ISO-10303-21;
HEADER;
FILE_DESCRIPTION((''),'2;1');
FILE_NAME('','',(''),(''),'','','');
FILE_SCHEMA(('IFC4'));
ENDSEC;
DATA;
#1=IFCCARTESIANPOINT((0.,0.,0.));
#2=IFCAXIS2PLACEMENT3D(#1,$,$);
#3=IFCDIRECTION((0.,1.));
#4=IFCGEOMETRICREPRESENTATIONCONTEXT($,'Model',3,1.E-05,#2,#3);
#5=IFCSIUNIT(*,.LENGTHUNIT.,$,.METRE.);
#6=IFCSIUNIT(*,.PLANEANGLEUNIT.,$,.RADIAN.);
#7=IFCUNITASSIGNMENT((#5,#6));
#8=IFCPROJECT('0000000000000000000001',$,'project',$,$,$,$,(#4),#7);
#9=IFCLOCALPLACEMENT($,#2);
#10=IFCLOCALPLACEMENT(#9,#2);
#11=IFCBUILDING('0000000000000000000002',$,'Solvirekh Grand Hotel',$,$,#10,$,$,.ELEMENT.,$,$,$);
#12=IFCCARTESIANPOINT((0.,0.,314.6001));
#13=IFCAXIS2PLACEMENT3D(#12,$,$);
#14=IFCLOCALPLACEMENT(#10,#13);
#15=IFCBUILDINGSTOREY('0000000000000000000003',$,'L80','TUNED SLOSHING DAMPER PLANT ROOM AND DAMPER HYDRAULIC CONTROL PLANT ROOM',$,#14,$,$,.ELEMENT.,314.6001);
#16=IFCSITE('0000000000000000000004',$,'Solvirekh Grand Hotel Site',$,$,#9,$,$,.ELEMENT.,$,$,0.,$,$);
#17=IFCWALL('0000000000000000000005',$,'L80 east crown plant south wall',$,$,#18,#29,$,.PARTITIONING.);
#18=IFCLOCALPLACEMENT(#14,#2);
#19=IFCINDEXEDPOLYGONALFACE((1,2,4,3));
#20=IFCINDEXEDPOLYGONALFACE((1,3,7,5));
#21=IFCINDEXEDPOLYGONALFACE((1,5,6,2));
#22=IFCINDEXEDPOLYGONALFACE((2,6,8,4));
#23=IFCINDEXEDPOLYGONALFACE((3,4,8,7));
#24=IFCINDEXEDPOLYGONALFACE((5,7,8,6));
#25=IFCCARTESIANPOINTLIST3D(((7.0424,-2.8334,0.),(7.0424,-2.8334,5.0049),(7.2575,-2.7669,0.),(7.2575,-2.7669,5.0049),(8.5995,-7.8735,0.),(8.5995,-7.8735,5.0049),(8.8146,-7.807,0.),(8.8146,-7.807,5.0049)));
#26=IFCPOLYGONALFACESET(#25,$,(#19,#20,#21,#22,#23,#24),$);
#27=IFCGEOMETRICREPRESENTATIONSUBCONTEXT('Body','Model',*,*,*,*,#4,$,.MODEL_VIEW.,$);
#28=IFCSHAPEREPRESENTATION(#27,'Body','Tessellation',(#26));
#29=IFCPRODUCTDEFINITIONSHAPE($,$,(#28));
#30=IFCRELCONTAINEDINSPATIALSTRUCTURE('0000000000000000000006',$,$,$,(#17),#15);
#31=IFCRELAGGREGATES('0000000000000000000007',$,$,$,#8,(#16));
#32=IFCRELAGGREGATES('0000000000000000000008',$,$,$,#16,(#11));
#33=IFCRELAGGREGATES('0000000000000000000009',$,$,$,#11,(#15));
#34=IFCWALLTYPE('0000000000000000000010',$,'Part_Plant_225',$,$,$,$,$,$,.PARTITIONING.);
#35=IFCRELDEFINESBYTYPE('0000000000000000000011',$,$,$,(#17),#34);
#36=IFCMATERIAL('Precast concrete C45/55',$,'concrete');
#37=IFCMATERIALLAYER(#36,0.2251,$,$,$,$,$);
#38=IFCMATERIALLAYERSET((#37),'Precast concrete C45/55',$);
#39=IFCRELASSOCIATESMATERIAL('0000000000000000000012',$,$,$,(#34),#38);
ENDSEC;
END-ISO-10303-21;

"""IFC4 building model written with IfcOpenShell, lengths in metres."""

from ifc_helpers import new_model, si_unit, direction, frame, frame_2d, origin, place, context, subcontext, project, spatial, rectangle, extrude, material, layer, layer_set, type_object, element, save


model = new_model("IFC4")

# Units and contexts
model_context = context("Model", 3, precision=1e-05, world=origin(), true_north=direction((0.0, 1.0)))
body_context = subcontext(model_context, "Body", "Model", "MODEL_VIEW")
ifc_project = project(units=[si_unit("LENGTHUNIT", "METRE"), si_unit("PLANEANGLEUNIT", "RADIAN")], contexts=[model_context])

# Site, building, storey
site_placement = place(None, origin())
site = spatial("IfcSite", under=ifc_project, at=site_placement, Name="Solvirekh Grand Hotel Site", CompositionType="ELEMENT", RefElevation=0.0)
building_placement = place(site_placement, origin())
building = spatial("IfcBuilding", under=site, at=building_placement, Name="Solvirekh Grand Hotel", CompositionType="ELEMENT")
storey_placement = place(building_placement, frame((0.0, 0.0, 314.6001)))
storey = spatial("IfcBuildingStorey", under=building, at=storey_placement, Name="L80", Description="TUNED SLOSHING DAMPER PLANT ROOM AND DAMPER HYDRAULIC CONTROL PLANT ROOM", CompositionType="ELEMENT", Elevation=314.6001)

# Shared definitions
ifc_material_1 = material(Name="Precast concrete C45/55", Category="concrete")

# Wall
ifc_layer_1 = layer(ifc_material_1, 0.2251)
ifc_layer_set_1 = layer_set([ifc_layer_1], Name="Precast concrete C45/55")
wall_type_1 = type_object("IfcWallType", Name="Part_Plant_225", PredefinedType="PARTITIONING", material=ifc_layer_set_1)
wall_1_placement = place(storey_placement, frame((7.1499, -2.8, 0.0), z_axis=(0.0, 0.0, 1.0), x_axis=(0.295185, -0.95544, 0.0)))
element("IfcWall", 1, at=wall_1_placement, inside=storey, type_object=wall_type_1, Name="L80 east crown plant south wall", PredefinedType="PARTITIONING", context=body_context, shape_type="SweptSolid", body=[
    extrude(rectangle(XDim=5.2751, YDim=0.2251, at=frame_2d((2.6377, 0.0))), origin(), (0.0, 0.0, 1.0), 5.0049),
])

save(model, "model.ifc")
